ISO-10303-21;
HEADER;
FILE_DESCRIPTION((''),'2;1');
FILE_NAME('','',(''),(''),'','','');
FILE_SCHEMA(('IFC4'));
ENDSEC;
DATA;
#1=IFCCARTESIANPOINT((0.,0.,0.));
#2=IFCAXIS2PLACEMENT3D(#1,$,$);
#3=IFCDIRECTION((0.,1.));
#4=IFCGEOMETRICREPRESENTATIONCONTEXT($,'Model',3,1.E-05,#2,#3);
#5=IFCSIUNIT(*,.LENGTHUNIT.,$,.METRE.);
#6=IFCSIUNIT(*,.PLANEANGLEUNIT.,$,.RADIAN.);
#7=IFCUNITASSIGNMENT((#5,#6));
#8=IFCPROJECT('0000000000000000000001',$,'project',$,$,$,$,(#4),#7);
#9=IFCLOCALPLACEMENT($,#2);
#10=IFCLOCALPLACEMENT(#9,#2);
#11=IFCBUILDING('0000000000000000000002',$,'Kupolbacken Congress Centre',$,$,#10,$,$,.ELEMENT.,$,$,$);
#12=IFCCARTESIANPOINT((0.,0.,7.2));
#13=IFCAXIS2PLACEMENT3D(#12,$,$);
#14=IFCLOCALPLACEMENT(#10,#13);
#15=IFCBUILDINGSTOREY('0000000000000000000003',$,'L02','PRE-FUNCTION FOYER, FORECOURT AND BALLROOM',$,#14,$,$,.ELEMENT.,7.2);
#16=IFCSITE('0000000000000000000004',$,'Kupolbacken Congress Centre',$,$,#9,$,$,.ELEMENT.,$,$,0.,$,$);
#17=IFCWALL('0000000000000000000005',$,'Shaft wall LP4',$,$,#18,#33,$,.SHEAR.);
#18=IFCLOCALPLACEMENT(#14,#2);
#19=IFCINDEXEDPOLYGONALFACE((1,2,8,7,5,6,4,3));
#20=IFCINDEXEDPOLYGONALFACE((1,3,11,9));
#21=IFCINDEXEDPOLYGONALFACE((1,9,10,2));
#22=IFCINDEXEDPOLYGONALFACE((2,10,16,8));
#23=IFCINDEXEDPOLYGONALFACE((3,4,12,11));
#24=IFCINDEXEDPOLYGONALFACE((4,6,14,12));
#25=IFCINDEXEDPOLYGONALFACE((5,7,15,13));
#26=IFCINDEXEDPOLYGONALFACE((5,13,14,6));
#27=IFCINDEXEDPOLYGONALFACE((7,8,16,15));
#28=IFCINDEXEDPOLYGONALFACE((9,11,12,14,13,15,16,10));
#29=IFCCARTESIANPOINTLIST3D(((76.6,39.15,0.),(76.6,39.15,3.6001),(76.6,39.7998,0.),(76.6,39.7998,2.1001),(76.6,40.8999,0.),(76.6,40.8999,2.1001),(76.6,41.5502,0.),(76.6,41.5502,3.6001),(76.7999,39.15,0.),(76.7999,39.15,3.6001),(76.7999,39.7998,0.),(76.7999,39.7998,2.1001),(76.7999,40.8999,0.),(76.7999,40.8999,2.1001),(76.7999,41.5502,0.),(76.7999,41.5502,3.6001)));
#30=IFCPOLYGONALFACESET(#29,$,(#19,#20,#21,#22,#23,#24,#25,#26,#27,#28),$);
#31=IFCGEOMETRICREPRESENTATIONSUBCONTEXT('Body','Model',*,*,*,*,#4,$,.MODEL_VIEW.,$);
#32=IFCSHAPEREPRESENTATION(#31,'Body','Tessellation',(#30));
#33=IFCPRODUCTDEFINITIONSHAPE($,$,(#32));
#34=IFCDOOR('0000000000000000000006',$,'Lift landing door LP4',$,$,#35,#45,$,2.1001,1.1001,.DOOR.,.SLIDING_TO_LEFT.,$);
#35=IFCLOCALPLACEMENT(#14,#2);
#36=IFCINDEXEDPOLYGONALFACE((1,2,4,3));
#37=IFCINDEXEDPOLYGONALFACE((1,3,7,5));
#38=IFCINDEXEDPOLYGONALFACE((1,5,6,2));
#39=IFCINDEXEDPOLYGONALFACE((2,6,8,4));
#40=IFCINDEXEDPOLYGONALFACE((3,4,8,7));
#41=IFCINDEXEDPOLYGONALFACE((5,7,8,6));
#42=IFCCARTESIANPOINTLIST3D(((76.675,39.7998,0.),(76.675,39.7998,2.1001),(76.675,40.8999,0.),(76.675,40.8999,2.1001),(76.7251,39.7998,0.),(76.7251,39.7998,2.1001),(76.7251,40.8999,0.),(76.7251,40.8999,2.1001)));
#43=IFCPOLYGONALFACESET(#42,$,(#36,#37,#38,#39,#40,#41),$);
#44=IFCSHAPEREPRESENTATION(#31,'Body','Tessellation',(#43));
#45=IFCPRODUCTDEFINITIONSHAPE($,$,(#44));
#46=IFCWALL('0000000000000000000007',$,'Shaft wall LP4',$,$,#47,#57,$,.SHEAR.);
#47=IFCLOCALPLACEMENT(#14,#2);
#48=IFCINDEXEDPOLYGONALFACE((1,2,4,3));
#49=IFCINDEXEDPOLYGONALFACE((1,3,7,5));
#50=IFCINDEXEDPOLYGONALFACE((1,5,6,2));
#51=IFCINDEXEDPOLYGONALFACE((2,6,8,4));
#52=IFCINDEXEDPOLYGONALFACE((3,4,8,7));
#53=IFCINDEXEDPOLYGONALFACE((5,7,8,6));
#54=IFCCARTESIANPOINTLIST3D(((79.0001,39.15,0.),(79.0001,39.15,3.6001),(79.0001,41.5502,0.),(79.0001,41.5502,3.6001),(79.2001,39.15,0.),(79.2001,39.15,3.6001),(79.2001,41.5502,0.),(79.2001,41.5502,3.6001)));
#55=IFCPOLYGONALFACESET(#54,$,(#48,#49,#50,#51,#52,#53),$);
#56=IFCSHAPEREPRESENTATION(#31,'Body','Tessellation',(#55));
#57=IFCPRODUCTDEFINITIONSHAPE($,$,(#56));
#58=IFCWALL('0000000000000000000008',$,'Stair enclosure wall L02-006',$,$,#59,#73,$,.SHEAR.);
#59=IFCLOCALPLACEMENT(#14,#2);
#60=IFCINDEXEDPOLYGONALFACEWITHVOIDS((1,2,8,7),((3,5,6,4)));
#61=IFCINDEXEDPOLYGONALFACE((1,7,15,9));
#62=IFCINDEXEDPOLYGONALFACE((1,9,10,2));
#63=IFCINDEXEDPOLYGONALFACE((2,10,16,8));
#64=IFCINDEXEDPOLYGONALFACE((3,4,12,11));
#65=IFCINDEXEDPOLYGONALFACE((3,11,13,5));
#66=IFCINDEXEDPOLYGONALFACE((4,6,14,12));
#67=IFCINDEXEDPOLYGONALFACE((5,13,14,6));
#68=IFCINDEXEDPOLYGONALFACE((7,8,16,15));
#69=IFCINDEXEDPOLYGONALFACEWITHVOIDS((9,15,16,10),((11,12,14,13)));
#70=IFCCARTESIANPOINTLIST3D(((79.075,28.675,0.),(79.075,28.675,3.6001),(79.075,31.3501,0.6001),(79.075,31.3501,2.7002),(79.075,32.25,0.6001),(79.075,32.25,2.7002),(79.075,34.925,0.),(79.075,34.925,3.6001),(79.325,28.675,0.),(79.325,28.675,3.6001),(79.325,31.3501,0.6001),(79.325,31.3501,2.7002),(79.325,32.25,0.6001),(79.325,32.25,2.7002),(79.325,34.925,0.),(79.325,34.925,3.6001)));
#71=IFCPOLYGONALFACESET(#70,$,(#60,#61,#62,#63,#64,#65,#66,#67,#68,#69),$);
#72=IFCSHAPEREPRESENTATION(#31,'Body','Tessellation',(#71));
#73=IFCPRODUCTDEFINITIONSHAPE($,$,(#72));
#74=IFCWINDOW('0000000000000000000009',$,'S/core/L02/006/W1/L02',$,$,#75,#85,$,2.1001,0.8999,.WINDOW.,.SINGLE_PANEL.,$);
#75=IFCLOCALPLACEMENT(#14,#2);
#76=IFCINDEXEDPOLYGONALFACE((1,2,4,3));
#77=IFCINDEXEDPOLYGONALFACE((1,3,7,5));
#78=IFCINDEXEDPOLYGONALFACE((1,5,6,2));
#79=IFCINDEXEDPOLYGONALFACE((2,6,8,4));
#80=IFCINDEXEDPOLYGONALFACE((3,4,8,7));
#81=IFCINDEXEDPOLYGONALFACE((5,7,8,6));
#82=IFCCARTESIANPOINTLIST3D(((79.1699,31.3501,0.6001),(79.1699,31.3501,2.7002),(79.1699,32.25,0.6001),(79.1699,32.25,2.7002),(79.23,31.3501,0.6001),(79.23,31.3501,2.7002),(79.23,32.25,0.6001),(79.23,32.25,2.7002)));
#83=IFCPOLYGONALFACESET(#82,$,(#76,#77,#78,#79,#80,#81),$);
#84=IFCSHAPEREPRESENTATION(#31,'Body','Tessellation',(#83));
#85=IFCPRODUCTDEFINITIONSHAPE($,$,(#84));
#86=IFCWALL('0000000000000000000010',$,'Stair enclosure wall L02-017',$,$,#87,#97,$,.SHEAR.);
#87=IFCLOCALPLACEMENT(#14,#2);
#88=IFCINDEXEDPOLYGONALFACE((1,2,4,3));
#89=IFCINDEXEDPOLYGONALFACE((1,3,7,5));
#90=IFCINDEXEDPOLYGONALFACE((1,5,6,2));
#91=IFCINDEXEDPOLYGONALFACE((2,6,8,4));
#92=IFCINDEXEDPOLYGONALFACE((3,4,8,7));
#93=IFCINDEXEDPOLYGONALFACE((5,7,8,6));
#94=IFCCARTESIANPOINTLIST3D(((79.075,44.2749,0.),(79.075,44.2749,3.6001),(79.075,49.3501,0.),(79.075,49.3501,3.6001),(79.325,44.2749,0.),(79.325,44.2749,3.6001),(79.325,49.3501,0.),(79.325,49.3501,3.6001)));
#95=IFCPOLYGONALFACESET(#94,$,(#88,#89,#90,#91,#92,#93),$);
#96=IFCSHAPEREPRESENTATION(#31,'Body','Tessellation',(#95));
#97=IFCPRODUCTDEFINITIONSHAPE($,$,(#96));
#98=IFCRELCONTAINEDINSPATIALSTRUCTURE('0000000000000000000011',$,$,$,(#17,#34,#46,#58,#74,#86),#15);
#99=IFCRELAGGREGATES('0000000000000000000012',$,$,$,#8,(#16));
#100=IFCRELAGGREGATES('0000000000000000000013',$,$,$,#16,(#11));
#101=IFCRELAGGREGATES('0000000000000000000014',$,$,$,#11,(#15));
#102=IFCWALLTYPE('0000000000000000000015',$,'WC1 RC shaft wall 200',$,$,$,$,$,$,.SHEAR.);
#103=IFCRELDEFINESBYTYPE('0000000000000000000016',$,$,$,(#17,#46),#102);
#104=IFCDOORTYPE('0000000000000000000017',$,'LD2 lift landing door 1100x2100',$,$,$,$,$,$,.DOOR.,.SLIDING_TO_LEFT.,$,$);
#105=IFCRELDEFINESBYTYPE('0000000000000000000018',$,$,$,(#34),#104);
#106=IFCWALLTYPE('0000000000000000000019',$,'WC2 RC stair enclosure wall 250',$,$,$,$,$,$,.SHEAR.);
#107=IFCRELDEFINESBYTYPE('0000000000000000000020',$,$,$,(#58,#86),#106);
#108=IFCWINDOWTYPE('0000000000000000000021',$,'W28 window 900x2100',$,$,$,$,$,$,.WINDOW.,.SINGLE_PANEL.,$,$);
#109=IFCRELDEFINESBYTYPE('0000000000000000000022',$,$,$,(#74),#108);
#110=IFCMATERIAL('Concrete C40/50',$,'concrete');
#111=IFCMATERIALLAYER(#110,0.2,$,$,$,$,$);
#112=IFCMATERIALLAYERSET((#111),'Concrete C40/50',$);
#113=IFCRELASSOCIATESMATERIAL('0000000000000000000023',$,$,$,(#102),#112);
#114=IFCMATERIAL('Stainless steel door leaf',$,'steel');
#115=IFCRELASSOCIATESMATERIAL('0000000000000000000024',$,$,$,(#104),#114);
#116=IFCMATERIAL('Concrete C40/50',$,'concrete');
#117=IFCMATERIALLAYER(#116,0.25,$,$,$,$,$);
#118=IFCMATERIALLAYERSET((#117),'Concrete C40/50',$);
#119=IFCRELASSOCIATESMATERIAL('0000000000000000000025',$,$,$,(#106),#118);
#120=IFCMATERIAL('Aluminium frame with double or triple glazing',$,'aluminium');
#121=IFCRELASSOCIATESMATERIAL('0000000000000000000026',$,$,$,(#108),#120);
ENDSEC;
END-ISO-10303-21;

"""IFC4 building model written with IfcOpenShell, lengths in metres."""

from ifc_helpers import new_model, si_unit, direction, frame, frame_2d, origin, place, context, subcontext, project, spatial, rectangle, extrude, material, layer, layer_set, type_object, element, fill, save


model = new_model("IFC4")

# Units and contexts
model_context = context("Model", 3, precision=1e-05, world=origin(), true_north=direction((0.0, 1.0)))
body_context = subcontext(model_context, "Body", "Model", "MODEL_VIEW")
ifc_project = project(units=[si_unit("LENGTHUNIT", "METRE"), si_unit("PLANEANGLEUNIT", "RADIAN")], contexts=[model_context])

# Site, building, storey
site_placement = place(None, origin())
site = spatial("IfcSite", under=ifc_project, at=site_placement, Name="Kupolbacken Congress Centre", CompositionType="ELEMENT", RefElevation=0.0)
building_placement = place(site_placement, origin())
building = spatial("IfcBuilding", under=site, at=building_placement, Name="Kupolbacken Congress Centre", CompositionType="ELEMENT")
storey_placement = place(building_placement, frame((0.0, 0.0, 7.2)))
storey = spatial("IfcBuildingStorey", under=building, at=storey_placement, Name="L02", Description="PRE-FUNCTION FOYER, FORECOURT AND BALLROOM", CompositionType="ELEMENT", Elevation=7.2)

# Shared definitions
ifc_material_1 = material(Name="Concrete C40/50", Category="concrete")
ifc_layer_1 = layer(ifc_material_1, 0.2)
ifc_layer_set_1 = layer_set([ifc_layer_1], Name="Concrete C40/50")
wall_type_1 = type_object("IfcWallType", Name="WC1 RC shaft wall 200", PredefinedType="SHEAR", material=ifc_layer_set_1)

# Wall, opening, door
wall_1_placement = place(storey_placement, frame((76.7, 39.1499, 0.0), z_axis=(0.0, 0.0, 1.0), x_axis=(0.0, 1.0, 0.0)))
wall_1 = element("IfcWall", 1, at=wall_1_placement, inside=storey, type_object=wall_type_1, Name="Shaft wall LP4", PredefinedType="SHEAR", context=body_context, shape_type="SweptSolid", body=[
    extrude(rectangle(XDim=2.4001, YDim=0.2, at=frame_2d((1.2002, 0.0))), origin(), (0.0, 0.0, 1.0), 3.6001),
])
opening_1_placement = place(wall_1_placement, frame((0.6499, 0.0, 0.0)))
opening_1 = element("IfcOpeningElement", 2, at=opening_1_placement, cuts=wall_1, PredefinedType="OPENING", context=body_context, shape_type="SweptSolid", body=[
    extrude(rectangle(XDim=1.1001, YDim=2.1001, at=frame_2d((0.55, 1.05))), frame((0.0, 0.1099, 0.0), z_axis=(0.0, -1.0, 0.0), x_axis=(1.0, 0.0, 0.0)), (0.0, 0.0, 1.0), 0.22),
])
ifc_material_2 = material(Name="Stainless steel door leaf", Category="steel")
door_type_1 = type_object("IfcDoorType", Name="LD2 lift landing door 1100x2100", OperationType="SLIDING_TO_LEFT", PredefinedType="DOOR", material=ifc_material_2)
door_1_placement = place(opening_1_placement, origin())
door_1 = element("IfcDoor", 3, at=door_1_placement, inside=storey, type_object=door_type_1, Name="Lift landing door LP4", OperationType="SLIDING_TO_LEFT", OverallHeight=2.1001, OverallWidth=1.1001, PredefinedType="DOOR", context=body_context, shape_type="SweptSolid", body=[
    extrude(rectangle(XDim=1.1001, YDim=2.1001, at=frame_2d((0.55, 1.05))), frame((0.0, 0.0249, 0.0), z_axis=(0.0, -1.0, 0.0), x_axis=(1.0, 0.0, 0.0)), (0.0, 0.0, 1.0), 0.05),
])
fill(opening_1, door_1)

# Wall
wall_2_placement = place(storey_placement, frame((79.1001, 39.1499, 0.0), z_axis=(0.0, 0.0, 1.0), x_axis=(0.0, 1.0, 0.0)))
element("IfcWall", 4, at=wall_2_placement, inside=storey, type_object=wall_type_1, Name="Shaft wall LP4", PredefinedType="SHEAR", context=body_context, shape_type="SweptSolid", body=[
    extrude(rectangle(XDim=2.4001, YDim=0.2, at=frame_2d((1.2002, 0.0))), origin(), (0.0, 0.0, 1.0), 3.6001),
])

# Wall, opening, window
ifc_material_3 = material(Name="Concrete C40/50", Category="concrete")
ifc_layer_2 = layer(ifc_material_3, 0.25)
ifc_layer_set_2 = layer_set([ifc_layer_2], Name="Concrete C40/50")
wall_type_2 = type_object("IfcWallType", Name="WC2 RC stair enclosure wall 250", PredefinedType="SHEAR", material=ifc_layer_set_2)
wall_3_placement = place(storey_placement, frame((79.2, 28.675, 0.0), z_axis=(0.0, 0.0, 1.0), x_axis=(0.0, 1.0, 0.0)))
wall_3 = element("IfcWall", 5, at=wall_3_placement, inside=storey, type_object=wall_type_2, Name="Stair enclosure wall L02-006", PredefinedType="SHEAR", context=body_context, shape_type="SweptSolid", body=[
    extrude(rectangle(XDim=6.25, YDim=0.25, at=frame_2d((3.125, 0.0))), origin(), (0.0, 0.0, 1.0), 3.6001),
])
opening_2_placement = place(wall_3_placement, frame((2.675, 0.0, 0.6001)))
opening_2 = element("IfcOpeningElement", 6, at=opening_2_placement, cuts=wall_3, PredefinedType="OPENING", context=body_context, shape_type="SweptSolid", body=[
    extrude(rectangle(XDim=0.8999, YDim=2.1001, at=frame_2d((0.45, 1.05))), frame((0.0, 0.135, 0.0), z_axis=(0.0, -1.0, 0.0), x_axis=(1.0, 0.0, 0.0)), (0.0, 0.0, 1.0), 0.27),
])
ifc_material_4 = material(Name="Aluminium frame with double or triple glazing", Category="aluminium")
window_type = type_object("IfcWindowType", Name="W28 window 900x2100", PartitioningType="SINGLE_PANEL", PredefinedType="WINDOW", material=ifc_material_4)
window_placement = place(opening_2_placement, origin())
window = element("IfcWindow", 7, at=window_placement, inside=storey, type_object=window_type, Name="S/core/L02/006/W1/L02", OverallHeight=2.1001, OverallWidth=0.8999, PartitioningType="SINGLE_PANEL", PredefinedType="WINDOW", context=body_context, shape_type="SweptSolid", body=[
    extrude(rectangle(XDim=0.8999, YDim=2.1001, at=frame_2d((0.45, 1.05))), frame((0.0, 0.03, 0.0), z_axis=(0.0, -1.0, 0.0), x_axis=(1.0, 0.0, 0.0)), (0.0, 0.0, 1.0), 0.0601),
])
fill(opening_2, window)

# Wall
wall_4_placement = place(storey_placement, frame((79.2, 44.2749, 0.0), z_axis=(0.0, 0.0, 1.0), x_axis=(0.0, 1.0, 0.0)))
element("IfcWall", 8, at=wall_4_placement, inside=storey, type_object=wall_type_2, Name="Stair enclosure wall L02-017", PredefinedType="SHEAR", context=body_context, shape_type="SweptSolid", body=[
    extrude(rectangle(XDim=5.0752, YDim=0.25, at=frame_2d((2.5376, 0.0))), origin(), (0.0, 0.0, 1.0), 3.6001),
])

save(model, "model.ifc")
